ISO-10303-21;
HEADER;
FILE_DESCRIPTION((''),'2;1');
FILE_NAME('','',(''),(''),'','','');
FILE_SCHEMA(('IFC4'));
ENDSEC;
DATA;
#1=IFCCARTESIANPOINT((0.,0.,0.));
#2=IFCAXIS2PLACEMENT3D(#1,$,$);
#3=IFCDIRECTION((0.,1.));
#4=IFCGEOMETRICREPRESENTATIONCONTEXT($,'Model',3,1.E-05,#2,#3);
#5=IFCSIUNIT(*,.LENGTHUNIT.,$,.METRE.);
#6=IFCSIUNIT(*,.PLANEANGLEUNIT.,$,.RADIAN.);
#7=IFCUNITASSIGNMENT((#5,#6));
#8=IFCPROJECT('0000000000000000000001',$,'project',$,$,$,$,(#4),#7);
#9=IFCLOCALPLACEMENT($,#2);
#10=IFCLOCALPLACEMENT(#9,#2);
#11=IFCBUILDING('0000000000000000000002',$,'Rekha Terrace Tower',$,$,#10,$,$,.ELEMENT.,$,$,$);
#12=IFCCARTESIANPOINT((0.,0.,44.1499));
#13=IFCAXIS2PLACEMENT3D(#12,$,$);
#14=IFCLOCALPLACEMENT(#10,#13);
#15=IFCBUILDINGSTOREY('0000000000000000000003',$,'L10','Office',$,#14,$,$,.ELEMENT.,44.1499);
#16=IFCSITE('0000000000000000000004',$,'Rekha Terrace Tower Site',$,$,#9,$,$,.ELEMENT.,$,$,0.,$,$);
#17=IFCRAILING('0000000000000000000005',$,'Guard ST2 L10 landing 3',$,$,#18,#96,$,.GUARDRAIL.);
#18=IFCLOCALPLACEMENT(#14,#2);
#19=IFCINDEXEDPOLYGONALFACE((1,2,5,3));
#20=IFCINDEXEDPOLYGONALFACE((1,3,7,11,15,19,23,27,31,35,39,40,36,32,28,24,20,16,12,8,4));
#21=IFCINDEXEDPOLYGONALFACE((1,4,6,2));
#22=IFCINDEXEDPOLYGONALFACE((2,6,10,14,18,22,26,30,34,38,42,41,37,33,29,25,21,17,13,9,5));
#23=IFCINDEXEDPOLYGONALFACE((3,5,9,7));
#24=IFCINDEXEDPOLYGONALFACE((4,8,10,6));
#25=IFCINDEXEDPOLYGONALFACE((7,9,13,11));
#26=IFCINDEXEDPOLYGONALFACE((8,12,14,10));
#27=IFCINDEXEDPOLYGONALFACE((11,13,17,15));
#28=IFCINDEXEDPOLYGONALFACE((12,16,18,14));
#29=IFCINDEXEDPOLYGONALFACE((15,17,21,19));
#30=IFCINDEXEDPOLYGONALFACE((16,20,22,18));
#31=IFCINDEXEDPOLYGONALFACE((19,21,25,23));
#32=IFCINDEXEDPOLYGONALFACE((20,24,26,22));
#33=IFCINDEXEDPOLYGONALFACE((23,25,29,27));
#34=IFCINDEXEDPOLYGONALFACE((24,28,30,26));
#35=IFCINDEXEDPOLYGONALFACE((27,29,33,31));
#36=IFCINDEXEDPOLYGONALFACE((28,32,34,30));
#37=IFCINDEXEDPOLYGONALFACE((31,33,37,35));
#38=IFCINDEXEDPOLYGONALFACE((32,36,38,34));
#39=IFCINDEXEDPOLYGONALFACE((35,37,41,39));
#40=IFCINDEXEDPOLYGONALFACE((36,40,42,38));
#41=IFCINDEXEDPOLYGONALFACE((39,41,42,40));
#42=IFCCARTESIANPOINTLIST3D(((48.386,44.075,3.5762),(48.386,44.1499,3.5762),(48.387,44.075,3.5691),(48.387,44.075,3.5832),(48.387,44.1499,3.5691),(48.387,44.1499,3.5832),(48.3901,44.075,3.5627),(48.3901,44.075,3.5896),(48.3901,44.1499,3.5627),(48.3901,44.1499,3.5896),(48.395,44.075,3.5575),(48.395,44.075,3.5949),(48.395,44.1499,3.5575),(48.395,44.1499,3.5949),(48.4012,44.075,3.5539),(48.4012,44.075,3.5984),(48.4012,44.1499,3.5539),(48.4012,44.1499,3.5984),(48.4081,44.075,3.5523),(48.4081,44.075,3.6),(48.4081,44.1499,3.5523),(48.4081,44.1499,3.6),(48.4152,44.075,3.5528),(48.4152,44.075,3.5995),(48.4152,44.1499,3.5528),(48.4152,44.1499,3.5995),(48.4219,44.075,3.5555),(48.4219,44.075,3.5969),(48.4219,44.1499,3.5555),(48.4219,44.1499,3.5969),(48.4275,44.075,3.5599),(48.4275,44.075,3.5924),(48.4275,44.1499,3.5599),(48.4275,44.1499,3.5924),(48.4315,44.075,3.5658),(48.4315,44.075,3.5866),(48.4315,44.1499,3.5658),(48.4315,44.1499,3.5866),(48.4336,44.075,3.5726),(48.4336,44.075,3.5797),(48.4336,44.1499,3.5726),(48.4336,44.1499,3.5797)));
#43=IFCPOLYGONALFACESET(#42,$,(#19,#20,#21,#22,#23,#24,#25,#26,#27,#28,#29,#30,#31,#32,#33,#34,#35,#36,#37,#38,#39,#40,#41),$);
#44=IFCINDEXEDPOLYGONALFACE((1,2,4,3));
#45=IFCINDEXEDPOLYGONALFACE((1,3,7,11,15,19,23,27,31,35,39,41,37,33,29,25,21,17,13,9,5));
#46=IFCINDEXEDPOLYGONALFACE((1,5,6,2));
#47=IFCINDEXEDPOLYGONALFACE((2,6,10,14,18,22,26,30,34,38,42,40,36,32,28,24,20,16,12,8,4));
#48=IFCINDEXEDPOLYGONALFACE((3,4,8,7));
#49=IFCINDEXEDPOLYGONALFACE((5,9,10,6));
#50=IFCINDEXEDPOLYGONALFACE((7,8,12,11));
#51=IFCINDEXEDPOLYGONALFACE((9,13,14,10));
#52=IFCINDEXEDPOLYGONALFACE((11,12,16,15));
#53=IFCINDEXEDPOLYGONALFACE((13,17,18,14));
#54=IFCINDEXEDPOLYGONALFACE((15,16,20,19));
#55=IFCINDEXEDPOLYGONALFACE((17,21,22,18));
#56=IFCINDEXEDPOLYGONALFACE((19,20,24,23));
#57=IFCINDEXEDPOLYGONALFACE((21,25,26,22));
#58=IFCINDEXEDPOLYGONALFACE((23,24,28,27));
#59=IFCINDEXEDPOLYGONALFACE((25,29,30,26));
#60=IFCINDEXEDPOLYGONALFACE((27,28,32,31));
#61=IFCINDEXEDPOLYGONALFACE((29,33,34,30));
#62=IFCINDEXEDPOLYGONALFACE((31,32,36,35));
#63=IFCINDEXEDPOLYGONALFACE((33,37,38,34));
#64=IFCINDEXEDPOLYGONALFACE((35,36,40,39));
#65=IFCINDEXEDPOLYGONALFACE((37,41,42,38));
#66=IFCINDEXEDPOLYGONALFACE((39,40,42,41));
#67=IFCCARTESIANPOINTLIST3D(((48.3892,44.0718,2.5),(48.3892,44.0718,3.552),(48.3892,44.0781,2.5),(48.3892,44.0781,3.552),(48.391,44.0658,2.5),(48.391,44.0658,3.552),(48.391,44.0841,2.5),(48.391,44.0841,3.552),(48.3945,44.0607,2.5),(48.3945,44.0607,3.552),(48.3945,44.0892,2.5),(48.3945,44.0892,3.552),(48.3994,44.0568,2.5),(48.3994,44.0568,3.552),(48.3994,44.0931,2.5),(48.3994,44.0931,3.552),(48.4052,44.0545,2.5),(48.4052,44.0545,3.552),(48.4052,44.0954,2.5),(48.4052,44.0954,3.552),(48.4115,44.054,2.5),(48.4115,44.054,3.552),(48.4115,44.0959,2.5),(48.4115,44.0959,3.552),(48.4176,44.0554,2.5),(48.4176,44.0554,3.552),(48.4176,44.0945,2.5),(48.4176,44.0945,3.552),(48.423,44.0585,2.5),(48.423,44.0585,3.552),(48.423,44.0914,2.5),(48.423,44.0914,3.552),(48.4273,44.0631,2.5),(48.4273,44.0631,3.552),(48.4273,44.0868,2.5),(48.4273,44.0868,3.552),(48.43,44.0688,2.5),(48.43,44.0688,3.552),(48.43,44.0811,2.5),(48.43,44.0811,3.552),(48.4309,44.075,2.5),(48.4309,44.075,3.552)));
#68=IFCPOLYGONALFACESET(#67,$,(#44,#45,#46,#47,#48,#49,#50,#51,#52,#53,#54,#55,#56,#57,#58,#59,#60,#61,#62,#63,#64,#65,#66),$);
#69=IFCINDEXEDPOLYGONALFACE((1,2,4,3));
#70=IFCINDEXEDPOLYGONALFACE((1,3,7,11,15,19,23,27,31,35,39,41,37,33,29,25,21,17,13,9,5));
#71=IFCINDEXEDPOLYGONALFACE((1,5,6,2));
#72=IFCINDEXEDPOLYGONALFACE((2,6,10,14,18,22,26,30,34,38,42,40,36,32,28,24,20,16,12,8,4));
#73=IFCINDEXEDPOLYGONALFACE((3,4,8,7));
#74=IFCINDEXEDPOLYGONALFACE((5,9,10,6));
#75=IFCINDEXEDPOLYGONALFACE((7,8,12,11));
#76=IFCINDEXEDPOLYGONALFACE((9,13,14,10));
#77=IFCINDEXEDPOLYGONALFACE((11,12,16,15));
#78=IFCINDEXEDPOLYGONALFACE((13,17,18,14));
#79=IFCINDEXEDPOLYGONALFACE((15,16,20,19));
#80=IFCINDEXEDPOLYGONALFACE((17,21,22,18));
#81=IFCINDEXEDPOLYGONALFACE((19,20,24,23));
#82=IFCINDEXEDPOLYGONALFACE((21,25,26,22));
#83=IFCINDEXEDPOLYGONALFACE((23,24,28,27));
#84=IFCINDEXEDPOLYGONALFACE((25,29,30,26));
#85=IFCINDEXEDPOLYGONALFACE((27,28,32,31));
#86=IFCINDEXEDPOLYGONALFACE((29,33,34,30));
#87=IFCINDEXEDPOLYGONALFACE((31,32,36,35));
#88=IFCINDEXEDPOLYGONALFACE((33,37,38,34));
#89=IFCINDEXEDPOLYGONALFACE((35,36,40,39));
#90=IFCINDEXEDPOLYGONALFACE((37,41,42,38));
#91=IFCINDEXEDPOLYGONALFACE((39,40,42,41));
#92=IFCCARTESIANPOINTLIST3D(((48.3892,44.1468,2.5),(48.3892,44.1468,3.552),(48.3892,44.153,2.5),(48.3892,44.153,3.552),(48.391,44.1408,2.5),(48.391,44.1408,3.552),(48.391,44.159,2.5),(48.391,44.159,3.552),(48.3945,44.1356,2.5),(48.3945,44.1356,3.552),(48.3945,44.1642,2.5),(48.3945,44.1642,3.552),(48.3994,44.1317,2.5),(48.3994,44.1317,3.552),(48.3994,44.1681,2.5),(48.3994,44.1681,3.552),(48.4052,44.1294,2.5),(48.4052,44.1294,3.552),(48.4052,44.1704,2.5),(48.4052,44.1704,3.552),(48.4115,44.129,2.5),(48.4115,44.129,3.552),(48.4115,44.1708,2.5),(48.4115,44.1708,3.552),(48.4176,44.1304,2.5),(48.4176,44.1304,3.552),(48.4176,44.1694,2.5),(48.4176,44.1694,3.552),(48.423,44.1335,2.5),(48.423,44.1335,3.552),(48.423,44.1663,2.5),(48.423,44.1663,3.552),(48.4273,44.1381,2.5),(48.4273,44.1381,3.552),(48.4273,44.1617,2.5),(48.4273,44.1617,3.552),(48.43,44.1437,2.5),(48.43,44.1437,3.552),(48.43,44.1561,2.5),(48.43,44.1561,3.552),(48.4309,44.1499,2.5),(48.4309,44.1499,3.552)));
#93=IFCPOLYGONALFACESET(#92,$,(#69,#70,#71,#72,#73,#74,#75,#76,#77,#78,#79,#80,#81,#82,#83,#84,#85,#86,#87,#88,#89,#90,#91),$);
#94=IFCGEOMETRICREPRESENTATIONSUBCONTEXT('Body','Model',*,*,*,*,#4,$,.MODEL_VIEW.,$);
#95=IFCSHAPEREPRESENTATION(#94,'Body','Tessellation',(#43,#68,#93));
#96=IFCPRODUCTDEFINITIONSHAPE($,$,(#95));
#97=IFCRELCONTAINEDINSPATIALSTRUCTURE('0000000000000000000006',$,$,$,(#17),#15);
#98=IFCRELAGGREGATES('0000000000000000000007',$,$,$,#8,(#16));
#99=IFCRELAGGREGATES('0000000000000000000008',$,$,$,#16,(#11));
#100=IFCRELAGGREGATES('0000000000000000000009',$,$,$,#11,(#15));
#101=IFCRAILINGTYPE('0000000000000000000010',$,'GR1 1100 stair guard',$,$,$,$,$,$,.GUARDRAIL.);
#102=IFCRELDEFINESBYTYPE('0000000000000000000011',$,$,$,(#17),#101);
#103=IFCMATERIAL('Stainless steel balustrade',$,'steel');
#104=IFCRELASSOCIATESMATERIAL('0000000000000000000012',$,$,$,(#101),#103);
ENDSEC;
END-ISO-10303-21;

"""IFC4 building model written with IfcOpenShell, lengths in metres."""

from ifc_helpers import new_model, si_unit, direction, frame, origin, origin_2d, place, context, subcontext, project, spatial, circle, extrude, material, type_object, element, save


model = new_model("IFC4")

# Units and contexts
model_context = context("Model", 3, precision=1e-05, world=origin(), true_north=direction((0.0, 1.0)))
body_context = subcontext(model_context, "Body", "Model", "MODEL_VIEW")
ifc_project = project(units=[si_unit("LENGTHUNIT", "METRE"), si_unit("PLANEANGLEUNIT", "RADIAN")], contexts=[model_context])

# Site, building, storey
site_placement = place(None, origin())
site = spatial("IfcSite", under=ifc_project, at=site_placement, Name="Rekha Terrace Tower Site", CompositionType="ELEMENT", RefElevation=0.0)
building_placement = place(site_placement, origin())
building = spatial("IfcBuilding", under=site, at=building_placement, Name="Rekha Terrace Tower", CompositionType="ELEMENT")
storey_placement = place(building_placement, frame((0.0, 0.0, 44.1499)))
storey = spatial("IfcBuildingStorey", under=building, at=storey_placement, Name="L10", Description="Office", CompositionType="ELEMENT", Elevation=44.1499)

# Railing
ifc_material_1 = material(Name="Stainless steel balustrade", Category="steel")
railing_type_1 = type_object("IfcRailingType", Name="GR1 1100 stair guard", PredefinedType="GUARDRAIL", material=ifc_material_1)
railing_1_placement = place(storey_placement, frame((48.4099, 44.075, 2.5)))
element("IfcRailing", 1, at=railing_1_placement, inside=storey, type_object=railing_type_1, Name="Guard ST2 L10 landing 3", PredefinedType="GUARDRAIL", context=body_context, shape_type="SweptSolid", body=[
    extrude(circle(Radius=0.0239, at=origin_2d()), frame((0.0, 0.0, 1.0762), z_axis=(0.0, 1.0, 0.0), x_axis=(-1.0, 0.0, 0.0)), (0.0, 0.0, 1.0), 0.075),
    extrude(circle(Radius=0.021, at=origin_2d()), origin(), (0.0, 0.0, 1.0), 1.052),
    extrude(circle(Radius=0.021, at=origin_2d()), frame((0.0, 0.075, 0.0)), (0.0, 0.0, 1.0), 1.052),
])

save(model, "model.ifc")
